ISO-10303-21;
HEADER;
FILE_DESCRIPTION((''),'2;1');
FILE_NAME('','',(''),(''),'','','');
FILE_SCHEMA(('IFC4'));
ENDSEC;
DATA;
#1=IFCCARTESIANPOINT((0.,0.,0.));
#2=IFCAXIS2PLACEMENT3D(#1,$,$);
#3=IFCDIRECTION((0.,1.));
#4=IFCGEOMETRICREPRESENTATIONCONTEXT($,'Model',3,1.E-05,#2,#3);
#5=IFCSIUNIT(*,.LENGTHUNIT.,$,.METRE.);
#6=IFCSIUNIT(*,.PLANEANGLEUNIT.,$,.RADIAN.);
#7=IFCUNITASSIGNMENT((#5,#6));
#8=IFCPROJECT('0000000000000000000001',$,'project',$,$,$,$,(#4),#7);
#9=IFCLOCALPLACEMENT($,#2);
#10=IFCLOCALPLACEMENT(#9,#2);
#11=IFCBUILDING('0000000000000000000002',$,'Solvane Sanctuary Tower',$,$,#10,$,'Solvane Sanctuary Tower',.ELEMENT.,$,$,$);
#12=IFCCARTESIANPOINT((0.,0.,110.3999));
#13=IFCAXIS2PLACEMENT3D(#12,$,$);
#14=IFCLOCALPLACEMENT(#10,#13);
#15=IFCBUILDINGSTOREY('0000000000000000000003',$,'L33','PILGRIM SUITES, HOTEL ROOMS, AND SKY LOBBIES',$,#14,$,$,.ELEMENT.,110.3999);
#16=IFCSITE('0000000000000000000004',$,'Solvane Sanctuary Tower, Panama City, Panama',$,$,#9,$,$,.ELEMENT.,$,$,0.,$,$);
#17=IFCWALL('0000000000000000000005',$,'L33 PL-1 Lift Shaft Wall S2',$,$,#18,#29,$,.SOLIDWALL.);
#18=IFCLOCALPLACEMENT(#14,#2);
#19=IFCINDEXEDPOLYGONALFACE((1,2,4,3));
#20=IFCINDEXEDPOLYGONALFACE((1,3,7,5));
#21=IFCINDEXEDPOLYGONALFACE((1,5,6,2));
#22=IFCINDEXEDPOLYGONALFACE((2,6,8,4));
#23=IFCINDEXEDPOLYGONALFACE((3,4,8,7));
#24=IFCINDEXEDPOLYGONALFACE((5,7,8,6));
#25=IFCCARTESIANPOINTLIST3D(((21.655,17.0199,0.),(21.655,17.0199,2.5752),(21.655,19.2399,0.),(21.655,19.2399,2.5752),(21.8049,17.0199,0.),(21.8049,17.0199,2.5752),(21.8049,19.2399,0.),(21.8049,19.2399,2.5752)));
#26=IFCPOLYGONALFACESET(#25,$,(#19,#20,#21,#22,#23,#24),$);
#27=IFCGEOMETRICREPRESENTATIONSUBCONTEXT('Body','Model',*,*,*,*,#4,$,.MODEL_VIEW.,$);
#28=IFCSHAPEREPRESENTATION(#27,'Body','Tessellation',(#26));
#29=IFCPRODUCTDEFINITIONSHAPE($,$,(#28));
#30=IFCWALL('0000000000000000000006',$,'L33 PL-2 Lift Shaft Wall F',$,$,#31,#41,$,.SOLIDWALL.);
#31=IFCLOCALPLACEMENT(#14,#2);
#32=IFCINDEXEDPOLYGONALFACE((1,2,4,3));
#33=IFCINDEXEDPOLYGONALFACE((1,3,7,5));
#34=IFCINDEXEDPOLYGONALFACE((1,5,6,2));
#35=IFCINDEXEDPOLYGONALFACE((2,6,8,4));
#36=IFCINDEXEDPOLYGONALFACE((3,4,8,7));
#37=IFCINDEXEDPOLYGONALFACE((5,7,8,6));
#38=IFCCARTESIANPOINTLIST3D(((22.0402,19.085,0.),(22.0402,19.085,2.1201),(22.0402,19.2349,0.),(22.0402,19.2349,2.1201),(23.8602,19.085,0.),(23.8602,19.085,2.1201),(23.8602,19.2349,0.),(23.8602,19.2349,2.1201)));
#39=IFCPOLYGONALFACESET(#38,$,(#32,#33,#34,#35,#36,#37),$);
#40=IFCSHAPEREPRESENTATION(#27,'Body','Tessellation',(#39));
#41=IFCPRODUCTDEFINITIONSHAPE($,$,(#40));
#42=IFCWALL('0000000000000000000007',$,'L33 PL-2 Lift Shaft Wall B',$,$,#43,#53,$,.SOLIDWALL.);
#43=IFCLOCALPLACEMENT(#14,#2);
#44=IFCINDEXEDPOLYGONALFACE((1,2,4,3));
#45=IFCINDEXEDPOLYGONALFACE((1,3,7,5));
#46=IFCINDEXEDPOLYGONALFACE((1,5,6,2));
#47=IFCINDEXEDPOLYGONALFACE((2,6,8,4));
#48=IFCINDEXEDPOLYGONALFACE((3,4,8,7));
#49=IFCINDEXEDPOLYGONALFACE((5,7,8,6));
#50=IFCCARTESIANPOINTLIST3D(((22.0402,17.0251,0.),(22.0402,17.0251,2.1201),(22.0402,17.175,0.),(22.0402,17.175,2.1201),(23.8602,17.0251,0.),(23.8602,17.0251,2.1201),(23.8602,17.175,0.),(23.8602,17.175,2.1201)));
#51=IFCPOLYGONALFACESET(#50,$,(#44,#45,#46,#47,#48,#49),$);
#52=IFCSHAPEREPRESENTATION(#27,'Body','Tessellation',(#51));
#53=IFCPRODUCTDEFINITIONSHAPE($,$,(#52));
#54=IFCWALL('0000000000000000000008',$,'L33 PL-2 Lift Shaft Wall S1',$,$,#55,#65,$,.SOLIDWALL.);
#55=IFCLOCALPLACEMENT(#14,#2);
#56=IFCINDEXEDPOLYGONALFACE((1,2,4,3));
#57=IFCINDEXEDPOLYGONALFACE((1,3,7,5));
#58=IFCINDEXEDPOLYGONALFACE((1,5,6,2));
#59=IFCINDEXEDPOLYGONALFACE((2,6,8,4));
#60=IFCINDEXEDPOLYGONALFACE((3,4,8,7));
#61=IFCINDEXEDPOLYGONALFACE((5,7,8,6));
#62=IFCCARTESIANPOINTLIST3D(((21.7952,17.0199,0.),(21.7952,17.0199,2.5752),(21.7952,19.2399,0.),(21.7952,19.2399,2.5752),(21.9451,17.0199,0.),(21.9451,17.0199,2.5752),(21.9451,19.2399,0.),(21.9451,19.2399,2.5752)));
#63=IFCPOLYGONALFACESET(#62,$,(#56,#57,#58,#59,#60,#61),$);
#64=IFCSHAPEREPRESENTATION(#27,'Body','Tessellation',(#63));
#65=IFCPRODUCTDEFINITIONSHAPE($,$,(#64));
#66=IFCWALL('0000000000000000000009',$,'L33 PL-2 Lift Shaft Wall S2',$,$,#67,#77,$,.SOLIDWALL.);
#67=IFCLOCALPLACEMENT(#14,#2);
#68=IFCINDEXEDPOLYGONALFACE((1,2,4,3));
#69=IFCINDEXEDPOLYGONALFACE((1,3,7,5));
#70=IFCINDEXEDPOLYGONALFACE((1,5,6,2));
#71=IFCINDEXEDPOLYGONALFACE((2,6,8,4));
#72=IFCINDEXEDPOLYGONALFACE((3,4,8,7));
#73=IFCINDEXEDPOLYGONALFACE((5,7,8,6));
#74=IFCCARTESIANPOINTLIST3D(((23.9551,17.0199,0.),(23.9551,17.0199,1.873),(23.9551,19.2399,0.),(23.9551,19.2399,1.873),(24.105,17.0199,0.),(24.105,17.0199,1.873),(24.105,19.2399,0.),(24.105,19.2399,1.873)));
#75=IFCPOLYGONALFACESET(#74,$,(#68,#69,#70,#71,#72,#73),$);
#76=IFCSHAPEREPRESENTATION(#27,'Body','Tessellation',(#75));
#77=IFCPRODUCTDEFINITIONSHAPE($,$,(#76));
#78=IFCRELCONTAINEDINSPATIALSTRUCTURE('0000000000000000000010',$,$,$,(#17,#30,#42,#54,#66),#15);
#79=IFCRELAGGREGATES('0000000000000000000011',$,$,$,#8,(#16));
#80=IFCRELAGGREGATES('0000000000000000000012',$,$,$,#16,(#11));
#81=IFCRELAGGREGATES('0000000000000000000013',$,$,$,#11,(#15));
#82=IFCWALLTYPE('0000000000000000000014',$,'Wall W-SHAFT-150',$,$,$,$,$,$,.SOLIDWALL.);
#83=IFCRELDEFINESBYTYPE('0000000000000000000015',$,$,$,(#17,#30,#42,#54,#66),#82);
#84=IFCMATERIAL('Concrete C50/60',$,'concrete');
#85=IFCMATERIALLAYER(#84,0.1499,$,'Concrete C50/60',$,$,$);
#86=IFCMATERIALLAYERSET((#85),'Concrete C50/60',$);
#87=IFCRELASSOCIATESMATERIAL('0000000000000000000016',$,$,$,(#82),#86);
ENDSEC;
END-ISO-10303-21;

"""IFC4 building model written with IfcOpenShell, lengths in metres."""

from ifc_helpers import new_model, si_unit, direction, frame, frame_2d, origin, place, context, subcontext, project, spatial, rectangle, extrude, material, layer, layer_set, type_object, element, save


model = new_model("IFC4")

# Units and contexts
model_context = context("Model", 3, precision=1e-05, world=origin(), true_north=direction((0.0, 1.0)))
body_context = subcontext(model_context, "Body", "Model", "MODEL_VIEW")
ifc_project = project(units=[si_unit("LENGTHUNIT", "METRE"), si_unit("PLANEANGLEUNIT", "RADIAN")], contexts=[model_context])

# Site, building, storey
site_placement = place(None, origin())
site = spatial("IfcSite", under=ifc_project, at=site_placement, Name="Solvane Sanctuary Tower, Panama City, Panama", CompositionType="ELEMENT", RefElevation=0.0)
building_placement = place(site_placement, origin())
building = spatial("IfcBuilding", under=site, at=building_placement, Name="Solvane Sanctuary Tower", LongName="Solvane Sanctuary Tower", CompositionType="ELEMENT")
storey_placement = place(building_placement, frame((0.0, 0.0, 110.3999)))
storey = spatial("IfcBuildingStorey", under=building, at=storey_placement, Name="L33", Description="PILGRIM SUITES, HOTEL ROOMS, AND SKY LOBBIES", CompositionType="ELEMENT", Elevation=110.3999)

# Walls
ifc_material_1 = material(Name="Concrete C50/60", Category="concrete")
ifc_layer_1 = layer(ifc_material_1, 0.1499, Name="Concrete C50/60")
ifc_layer_set_1 = layer_set([ifc_layer_1], Name="Concrete C50/60")
wall_type_1 = type_object("IfcWallType", Name="Wall W-SHAFT-150", PredefinedType="SOLIDWALL", material=ifc_layer_set_1)
wall_1_placement = place(storey_placement, frame((21.73, 17.02, 0.0), z_axis=(0.0, 0.0, 1.0), x_axis=(0.0, 1.0, 0.0)))
element("IfcWall", 1, at=wall_1_placement, inside=storey, type_object=wall_type_1, Name="L33 PL-1 Lift Shaft Wall S2", PredefinedType="SOLIDWALL", context=body_context, shape_type="SweptSolid", body=[
    extrude(rectangle(XDim=2.22, YDim=0.1499, at=frame_2d((1.1099, 0.0))), origin(), (0.0, 0.0, 1.0), 2.5752),
])
for number, where, z_axis, x_axis, name in (
    (2, (22.04, 19.1599, 0.0), (0.0, 0.0, 1.0), (1.0, 0.0, 0.0), "L33 PL-2 Lift Shaft Wall F"),
    (3, (22.04, 17.1001, 0.0), (0.0, 0.0, 1.0), (1.0, 0.0, 0.0), "L33 PL-2 Lift Shaft Wall B"),
):
    element("IfcWall", number, at=place(storey_placement, frame(where, z_axis=z_axis, x_axis=x_axis)), inside=storey, type_object=wall_type_1, Name=name, PredefinedType="SOLIDWALL", context=body_context, shape_type="SweptSolid", body=[
        extrude(rectangle(XDim=1.8201, YDim=0.1499, at=frame_2d((0.9102, 0.0))), origin(), (0.0, 0.0, 1.0), 2.1201),
    ])
wall_2_placement = place(storey_placement, frame((21.8701, 17.02, 0.0), z_axis=(0.0, 0.0, 1.0), x_axis=(0.0, 1.0, 0.0)))
element("IfcWall", 4, at=wall_2_placement, inside=storey, type_object=wall_type_1, Name="L33 PL-2 Lift Shaft Wall S1", PredefinedType="SOLIDWALL", context=body_context, shape_type="SweptSolid", body=[
    extrude(rectangle(XDim=2.22, YDim=0.1499, at=frame_2d((1.1099, 0.0))), origin(), (0.0, 0.0, 1.0), 2.5752),
])
wall_3_placement = place(storey_placement, frame((24.03, 17.02, 0.0), z_axis=(0.0, 0.0, 1.0), x_axis=(0.0, 1.0, 0.0)))
element("IfcWall", 5, at=wall_3_placement, inside=storey, type_object=wall_type_1, Name="L33 PL-2 Lift Shaft Wall S2", PredefinedType="SOLIDWALL", context=body_context, shape_type="SweptSolid", body=[
    extrude(rectangle(XDim=2.22, YDim=0.1499, at=frame_2d((1.1099, 0.0))), origin(), (0.0, 0.0, 1.0), 1.873),
])

save(model, "model.ifc")
